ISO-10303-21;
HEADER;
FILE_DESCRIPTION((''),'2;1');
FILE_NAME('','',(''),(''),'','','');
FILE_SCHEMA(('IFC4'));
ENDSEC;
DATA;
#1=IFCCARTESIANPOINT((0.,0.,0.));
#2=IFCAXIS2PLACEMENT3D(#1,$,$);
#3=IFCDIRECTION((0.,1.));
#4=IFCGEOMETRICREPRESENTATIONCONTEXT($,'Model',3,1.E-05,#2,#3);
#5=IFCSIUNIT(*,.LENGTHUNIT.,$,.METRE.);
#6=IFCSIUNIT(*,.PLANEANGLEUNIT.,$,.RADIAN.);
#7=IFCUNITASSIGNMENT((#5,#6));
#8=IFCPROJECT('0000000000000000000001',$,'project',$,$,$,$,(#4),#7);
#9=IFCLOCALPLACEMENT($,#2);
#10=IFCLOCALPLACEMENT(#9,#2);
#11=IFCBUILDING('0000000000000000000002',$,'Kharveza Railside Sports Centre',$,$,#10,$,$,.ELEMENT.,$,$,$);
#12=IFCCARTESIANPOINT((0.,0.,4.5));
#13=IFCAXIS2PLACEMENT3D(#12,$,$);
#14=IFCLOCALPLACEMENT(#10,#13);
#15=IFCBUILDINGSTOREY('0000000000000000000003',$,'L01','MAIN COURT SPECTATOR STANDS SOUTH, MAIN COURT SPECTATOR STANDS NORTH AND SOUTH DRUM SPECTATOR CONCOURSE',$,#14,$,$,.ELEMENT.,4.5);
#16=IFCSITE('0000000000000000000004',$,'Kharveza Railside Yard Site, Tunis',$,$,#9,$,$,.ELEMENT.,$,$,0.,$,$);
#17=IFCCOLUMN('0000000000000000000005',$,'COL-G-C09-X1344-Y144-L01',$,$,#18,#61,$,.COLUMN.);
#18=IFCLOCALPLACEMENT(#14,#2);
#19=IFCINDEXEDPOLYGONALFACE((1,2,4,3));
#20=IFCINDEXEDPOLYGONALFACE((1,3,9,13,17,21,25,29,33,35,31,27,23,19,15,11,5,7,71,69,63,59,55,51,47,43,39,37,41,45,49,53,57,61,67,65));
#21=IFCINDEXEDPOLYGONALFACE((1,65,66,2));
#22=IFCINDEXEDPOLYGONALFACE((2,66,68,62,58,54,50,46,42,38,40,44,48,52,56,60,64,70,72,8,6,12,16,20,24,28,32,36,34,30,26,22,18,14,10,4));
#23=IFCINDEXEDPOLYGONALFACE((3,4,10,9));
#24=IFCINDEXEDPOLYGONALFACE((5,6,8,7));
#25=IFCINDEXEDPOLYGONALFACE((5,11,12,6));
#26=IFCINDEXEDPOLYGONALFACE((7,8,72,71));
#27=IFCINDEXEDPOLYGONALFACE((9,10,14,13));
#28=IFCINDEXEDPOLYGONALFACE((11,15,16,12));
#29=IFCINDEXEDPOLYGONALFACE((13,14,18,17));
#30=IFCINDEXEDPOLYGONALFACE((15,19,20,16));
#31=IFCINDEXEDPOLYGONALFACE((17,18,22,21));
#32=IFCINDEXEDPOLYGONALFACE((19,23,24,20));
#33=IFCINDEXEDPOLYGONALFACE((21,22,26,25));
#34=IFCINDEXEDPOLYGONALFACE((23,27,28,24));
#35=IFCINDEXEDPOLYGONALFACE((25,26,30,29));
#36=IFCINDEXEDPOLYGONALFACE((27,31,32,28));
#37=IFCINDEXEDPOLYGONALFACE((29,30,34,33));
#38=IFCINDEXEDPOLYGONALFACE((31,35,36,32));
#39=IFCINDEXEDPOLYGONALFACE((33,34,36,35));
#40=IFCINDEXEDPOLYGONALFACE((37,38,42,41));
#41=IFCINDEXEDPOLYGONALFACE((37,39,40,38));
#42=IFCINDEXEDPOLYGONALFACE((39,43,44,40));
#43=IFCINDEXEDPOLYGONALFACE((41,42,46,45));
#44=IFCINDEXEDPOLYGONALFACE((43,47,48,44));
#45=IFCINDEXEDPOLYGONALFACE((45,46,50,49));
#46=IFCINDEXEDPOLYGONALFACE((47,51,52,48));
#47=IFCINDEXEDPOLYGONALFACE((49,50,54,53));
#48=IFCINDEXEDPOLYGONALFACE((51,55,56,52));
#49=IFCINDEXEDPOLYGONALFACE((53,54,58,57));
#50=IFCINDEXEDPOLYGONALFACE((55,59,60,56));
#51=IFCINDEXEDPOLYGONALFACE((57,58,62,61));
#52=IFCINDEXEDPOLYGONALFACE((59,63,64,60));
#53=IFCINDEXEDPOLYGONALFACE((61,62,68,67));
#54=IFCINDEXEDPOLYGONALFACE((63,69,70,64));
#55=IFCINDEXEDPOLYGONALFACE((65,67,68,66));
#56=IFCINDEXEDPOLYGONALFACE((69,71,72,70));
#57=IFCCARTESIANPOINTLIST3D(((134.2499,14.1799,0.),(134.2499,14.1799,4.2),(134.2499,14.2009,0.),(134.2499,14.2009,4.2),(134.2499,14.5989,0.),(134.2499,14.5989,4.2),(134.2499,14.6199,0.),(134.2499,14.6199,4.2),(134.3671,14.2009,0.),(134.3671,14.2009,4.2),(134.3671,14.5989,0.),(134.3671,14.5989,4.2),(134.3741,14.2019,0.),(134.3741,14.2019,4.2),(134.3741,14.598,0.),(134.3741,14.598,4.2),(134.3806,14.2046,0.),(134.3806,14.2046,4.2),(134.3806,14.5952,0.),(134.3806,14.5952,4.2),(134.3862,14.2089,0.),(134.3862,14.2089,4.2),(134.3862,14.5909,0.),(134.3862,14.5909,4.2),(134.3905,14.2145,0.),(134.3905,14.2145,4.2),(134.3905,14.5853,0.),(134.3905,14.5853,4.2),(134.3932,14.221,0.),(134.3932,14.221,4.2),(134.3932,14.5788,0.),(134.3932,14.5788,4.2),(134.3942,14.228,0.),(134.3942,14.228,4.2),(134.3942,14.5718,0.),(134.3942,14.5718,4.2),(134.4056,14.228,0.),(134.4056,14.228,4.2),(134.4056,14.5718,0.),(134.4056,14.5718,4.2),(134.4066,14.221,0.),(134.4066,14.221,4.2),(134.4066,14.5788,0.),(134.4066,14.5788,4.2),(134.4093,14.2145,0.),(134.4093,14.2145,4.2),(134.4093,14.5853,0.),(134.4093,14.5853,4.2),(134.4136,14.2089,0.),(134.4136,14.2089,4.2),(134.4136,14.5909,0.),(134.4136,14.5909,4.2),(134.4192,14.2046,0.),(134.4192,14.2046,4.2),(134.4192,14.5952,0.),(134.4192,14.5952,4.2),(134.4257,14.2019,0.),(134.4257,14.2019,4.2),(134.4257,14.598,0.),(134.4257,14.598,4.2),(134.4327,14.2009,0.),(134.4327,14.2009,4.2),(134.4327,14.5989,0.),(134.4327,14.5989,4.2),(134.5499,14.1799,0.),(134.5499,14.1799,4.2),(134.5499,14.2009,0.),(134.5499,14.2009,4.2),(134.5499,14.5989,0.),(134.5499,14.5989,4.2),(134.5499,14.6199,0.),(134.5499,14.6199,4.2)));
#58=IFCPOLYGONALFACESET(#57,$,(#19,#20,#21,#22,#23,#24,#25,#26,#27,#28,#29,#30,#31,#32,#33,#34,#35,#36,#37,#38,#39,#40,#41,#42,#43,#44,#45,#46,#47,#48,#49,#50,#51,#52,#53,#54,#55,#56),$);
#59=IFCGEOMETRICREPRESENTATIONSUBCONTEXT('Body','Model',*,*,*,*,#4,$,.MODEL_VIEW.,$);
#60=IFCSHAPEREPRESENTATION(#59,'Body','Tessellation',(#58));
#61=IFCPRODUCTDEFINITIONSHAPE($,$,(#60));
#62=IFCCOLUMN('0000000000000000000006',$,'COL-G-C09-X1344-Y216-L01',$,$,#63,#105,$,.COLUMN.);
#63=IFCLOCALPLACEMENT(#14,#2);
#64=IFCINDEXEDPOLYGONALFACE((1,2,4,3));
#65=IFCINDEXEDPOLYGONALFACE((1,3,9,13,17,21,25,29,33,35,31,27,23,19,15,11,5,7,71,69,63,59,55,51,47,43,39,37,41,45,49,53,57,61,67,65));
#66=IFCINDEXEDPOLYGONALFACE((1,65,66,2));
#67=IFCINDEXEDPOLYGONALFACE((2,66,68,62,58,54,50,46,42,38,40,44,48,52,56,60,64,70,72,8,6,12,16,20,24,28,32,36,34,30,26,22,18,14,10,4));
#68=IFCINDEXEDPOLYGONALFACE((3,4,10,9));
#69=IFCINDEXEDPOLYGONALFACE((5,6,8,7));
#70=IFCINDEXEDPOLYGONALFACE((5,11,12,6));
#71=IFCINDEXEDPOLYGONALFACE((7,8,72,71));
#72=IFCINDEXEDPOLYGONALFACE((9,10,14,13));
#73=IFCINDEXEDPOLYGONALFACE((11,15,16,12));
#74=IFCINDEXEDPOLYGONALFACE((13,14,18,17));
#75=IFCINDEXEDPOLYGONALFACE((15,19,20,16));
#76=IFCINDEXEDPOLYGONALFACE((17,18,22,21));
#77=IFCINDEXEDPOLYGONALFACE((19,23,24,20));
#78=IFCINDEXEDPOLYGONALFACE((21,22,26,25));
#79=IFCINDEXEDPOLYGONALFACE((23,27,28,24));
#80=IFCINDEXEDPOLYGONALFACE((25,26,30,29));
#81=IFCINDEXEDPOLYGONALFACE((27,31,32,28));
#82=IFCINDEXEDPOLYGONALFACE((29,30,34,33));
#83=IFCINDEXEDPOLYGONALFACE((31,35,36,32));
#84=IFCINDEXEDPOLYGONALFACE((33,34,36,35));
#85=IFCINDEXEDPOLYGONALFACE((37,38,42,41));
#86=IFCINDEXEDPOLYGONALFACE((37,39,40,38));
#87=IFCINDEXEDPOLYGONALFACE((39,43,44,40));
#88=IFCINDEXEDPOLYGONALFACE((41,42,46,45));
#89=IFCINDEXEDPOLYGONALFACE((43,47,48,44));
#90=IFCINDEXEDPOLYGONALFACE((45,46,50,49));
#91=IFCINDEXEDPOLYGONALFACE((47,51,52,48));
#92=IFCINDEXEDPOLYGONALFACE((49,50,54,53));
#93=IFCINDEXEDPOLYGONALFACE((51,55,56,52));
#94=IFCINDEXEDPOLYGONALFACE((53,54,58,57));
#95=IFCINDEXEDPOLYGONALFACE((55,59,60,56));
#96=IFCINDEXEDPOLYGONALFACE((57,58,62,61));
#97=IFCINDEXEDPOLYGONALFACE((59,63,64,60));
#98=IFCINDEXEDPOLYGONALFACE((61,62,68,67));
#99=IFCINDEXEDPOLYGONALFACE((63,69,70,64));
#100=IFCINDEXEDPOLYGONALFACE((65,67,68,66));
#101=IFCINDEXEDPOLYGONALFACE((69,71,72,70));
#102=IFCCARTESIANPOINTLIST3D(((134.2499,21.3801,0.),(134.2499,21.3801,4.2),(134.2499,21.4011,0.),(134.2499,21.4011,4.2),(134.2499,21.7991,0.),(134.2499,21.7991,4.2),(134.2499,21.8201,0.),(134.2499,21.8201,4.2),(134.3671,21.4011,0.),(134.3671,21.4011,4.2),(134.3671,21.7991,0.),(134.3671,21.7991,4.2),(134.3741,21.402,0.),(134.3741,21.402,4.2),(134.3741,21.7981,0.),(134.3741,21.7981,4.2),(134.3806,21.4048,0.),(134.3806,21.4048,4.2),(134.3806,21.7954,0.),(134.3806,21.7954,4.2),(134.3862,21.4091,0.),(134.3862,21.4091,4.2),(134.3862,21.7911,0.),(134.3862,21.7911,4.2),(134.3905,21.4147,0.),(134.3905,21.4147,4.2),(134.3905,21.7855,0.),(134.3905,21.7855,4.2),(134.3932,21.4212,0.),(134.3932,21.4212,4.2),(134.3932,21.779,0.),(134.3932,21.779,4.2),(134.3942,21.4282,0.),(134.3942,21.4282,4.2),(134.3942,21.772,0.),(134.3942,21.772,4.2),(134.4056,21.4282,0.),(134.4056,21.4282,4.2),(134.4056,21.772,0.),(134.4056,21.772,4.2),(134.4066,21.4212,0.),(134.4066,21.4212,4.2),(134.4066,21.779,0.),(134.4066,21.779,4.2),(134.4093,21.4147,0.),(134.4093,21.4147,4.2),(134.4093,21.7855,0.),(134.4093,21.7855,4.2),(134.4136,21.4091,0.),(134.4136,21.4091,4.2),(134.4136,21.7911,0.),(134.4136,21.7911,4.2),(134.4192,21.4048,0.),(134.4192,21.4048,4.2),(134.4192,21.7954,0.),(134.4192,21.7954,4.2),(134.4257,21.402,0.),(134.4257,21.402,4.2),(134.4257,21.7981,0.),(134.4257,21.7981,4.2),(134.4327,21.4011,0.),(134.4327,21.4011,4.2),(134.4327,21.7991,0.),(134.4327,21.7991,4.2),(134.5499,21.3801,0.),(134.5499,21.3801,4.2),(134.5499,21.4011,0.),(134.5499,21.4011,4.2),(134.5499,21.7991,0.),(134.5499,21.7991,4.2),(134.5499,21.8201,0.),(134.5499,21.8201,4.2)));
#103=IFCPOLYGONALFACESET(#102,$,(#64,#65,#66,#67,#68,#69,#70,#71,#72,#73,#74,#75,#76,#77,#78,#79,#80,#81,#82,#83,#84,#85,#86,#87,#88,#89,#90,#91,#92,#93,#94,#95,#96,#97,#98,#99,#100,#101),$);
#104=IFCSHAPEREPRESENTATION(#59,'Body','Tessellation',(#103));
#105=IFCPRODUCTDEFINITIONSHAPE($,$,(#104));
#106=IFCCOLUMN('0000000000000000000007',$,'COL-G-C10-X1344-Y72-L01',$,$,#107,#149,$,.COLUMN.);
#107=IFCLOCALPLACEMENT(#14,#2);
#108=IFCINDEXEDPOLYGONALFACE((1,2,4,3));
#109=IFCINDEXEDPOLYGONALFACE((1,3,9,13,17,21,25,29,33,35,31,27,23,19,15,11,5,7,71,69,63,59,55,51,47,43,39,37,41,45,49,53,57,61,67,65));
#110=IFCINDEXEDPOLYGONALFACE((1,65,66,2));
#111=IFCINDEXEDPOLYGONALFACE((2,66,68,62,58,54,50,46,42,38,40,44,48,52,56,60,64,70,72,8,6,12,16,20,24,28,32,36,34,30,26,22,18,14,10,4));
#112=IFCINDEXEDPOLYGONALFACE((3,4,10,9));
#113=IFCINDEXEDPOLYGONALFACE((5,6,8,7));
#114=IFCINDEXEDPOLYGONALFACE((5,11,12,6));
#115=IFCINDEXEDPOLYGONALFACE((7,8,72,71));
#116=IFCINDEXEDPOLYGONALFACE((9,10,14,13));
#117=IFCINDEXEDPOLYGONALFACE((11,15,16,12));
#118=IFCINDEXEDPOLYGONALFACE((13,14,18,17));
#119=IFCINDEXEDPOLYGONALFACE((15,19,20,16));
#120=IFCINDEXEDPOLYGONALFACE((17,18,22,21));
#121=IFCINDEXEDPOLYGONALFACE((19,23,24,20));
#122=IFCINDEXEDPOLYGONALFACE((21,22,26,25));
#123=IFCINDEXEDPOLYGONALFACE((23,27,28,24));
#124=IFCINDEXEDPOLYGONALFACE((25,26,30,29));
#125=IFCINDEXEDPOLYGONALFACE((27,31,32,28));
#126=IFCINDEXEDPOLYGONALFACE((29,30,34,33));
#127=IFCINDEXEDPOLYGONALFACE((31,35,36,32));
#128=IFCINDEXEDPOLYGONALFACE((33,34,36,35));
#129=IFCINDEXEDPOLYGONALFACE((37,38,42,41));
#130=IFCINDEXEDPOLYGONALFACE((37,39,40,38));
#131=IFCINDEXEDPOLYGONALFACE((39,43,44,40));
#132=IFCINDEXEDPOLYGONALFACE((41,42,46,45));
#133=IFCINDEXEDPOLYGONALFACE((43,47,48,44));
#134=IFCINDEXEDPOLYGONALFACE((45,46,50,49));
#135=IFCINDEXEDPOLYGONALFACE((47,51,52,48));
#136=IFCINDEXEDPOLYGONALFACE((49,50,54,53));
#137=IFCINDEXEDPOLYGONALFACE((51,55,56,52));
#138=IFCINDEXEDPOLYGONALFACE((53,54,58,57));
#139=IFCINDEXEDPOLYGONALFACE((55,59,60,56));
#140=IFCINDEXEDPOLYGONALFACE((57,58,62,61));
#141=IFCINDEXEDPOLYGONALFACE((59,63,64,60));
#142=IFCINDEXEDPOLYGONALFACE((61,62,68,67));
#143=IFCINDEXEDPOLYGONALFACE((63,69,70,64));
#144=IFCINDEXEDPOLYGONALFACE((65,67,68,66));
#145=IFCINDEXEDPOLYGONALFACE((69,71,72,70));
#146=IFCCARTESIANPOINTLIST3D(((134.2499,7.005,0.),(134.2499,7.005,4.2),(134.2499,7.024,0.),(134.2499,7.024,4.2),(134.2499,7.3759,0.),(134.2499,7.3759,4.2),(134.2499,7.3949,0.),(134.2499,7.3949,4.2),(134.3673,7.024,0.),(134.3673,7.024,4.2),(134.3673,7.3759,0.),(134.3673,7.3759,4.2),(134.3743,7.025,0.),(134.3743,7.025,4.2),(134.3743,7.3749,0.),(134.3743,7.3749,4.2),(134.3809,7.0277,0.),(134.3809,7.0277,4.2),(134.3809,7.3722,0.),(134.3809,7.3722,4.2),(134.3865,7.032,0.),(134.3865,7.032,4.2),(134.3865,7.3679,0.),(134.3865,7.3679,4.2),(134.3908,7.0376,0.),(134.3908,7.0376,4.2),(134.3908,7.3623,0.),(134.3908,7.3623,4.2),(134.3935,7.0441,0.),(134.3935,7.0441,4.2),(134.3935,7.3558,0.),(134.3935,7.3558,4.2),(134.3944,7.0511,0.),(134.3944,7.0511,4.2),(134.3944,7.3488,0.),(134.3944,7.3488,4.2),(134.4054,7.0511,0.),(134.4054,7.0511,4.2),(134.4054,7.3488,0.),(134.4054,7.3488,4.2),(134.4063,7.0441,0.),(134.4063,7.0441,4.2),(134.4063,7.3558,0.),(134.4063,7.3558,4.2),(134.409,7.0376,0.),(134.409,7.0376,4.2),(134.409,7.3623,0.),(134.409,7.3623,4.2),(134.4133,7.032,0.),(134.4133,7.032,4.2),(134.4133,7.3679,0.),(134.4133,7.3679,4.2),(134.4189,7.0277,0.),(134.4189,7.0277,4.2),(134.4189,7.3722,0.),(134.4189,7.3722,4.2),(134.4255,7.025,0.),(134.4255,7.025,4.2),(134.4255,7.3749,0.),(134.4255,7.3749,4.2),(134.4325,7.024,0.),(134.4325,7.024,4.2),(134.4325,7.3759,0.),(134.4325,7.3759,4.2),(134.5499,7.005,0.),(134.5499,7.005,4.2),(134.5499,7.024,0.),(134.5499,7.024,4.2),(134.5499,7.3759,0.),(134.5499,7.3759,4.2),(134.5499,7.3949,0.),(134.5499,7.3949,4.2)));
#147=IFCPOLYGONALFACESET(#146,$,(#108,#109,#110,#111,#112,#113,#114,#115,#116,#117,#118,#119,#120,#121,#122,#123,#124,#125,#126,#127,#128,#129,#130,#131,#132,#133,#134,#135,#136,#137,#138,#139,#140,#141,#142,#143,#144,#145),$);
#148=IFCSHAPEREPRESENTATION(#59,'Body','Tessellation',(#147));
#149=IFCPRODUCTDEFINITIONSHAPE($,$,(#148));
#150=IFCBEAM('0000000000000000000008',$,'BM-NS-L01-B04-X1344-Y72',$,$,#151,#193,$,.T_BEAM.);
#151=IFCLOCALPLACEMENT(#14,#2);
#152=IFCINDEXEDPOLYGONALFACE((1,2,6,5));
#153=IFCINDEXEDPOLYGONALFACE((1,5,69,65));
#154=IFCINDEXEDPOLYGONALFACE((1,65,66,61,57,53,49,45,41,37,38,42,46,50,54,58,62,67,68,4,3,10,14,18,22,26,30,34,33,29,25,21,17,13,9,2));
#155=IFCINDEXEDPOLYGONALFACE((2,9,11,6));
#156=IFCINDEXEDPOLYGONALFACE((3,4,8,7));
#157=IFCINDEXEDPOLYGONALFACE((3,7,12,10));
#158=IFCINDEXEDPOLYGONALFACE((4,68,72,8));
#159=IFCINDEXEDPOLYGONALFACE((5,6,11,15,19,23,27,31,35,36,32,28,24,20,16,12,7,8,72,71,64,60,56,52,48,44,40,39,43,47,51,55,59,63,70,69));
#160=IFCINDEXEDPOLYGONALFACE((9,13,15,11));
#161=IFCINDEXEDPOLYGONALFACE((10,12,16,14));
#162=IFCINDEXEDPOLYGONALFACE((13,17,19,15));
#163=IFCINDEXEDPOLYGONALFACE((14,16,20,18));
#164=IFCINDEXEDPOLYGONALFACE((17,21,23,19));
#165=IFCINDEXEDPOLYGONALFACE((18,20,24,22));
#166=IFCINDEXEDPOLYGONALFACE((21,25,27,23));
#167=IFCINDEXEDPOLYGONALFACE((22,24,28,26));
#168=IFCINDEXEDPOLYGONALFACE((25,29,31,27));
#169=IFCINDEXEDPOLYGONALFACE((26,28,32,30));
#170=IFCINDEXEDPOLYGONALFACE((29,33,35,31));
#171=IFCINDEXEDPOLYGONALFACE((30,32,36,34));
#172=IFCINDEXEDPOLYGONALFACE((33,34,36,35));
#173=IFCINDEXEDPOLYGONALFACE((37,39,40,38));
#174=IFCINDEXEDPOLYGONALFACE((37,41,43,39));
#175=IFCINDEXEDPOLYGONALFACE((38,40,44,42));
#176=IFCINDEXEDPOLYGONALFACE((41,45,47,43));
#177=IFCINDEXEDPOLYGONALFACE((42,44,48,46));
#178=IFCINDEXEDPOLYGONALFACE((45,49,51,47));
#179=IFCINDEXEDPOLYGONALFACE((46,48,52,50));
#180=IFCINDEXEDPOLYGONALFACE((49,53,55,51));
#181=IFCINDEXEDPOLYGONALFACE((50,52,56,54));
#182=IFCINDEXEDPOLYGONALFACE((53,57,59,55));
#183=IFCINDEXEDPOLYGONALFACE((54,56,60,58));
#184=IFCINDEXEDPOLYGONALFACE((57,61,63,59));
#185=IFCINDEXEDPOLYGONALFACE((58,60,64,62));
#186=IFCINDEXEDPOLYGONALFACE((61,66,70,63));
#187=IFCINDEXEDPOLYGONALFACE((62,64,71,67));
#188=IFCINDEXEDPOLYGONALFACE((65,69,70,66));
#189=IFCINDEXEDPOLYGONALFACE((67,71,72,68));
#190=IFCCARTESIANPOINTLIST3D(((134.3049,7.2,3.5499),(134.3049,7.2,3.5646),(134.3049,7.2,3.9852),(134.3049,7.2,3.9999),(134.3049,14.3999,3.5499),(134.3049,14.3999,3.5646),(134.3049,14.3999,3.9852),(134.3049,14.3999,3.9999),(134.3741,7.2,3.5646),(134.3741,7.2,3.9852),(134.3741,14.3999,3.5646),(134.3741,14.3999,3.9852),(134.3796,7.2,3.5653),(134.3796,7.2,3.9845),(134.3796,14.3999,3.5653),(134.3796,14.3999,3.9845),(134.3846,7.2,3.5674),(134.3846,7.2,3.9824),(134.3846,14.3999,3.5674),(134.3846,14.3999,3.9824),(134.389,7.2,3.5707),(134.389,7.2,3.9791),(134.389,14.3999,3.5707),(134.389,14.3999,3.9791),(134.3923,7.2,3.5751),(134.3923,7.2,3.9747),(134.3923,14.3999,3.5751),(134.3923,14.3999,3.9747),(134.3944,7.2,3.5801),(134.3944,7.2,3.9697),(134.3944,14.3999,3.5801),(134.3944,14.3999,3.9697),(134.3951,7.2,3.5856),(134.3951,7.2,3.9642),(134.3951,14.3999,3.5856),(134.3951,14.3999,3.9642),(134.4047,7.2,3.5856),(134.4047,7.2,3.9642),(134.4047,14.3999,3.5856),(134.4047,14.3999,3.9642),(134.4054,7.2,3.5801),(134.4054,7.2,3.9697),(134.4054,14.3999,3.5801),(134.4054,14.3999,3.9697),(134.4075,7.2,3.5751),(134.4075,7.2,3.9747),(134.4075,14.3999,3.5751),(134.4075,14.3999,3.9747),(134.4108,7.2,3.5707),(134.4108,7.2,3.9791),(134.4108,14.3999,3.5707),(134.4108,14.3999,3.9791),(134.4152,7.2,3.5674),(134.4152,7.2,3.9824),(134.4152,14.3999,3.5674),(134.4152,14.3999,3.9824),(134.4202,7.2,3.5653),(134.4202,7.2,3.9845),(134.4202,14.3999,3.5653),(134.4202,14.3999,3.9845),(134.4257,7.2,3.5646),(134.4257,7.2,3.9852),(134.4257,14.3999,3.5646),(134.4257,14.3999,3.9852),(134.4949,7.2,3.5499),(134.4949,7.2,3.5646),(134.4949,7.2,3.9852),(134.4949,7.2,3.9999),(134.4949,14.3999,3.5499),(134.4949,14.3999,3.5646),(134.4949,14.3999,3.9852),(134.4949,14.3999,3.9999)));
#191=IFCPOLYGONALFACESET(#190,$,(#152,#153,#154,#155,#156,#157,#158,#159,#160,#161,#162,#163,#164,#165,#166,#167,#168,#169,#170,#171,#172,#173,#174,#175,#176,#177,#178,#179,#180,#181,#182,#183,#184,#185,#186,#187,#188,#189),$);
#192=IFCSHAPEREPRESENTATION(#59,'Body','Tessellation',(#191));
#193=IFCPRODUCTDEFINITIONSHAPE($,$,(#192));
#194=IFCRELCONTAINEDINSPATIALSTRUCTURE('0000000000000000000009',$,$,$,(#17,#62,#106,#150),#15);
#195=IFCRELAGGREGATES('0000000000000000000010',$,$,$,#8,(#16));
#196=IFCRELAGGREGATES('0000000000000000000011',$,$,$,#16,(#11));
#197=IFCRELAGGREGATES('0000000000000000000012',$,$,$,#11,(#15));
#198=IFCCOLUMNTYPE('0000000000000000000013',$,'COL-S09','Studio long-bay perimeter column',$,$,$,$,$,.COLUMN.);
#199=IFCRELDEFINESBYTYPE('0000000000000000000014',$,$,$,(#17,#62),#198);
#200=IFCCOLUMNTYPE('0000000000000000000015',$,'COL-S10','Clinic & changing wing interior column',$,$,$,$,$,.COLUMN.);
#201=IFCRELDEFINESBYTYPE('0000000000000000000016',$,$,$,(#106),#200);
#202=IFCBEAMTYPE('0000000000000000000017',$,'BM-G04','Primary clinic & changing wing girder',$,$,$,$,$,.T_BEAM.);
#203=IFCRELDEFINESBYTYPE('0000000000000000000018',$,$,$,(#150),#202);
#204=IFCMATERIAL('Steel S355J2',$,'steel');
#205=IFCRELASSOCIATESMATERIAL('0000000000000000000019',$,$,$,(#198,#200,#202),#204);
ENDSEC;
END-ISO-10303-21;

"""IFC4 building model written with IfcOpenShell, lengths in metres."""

from ifc_helpers import new_model, si_unit, direction, frame, origin, origin_2d, place, context, subcontext, project, spatial, i_section, extrude, material, material_profile, profile_set, type_object, element, save


model = new_model("IFC4")

# Units and contexts
model_context = context("Model", 3, precision=1e-05, world=origin(), true_north=direction((0.0, 1.0)))
body_context = subcontext(model_context, "Body", "Model", "MODEL_VIEW")
ifc_project = project(units=[si_unit("LENGTHUNIT", "METRE"), si_unit("PLANEANGLEUNIT", "RADIAN")], contexts=[model_context])

# Site, building, storey
site_placement = place(None, origin())
site = spatial("IfcSite", under=ifc_project, at=site_placement, Name="Kharveza Railside Yard Site, Tunis", CompositionType="ELEMENT", RefElevation=0.0)
building_placement = place(site_placement, origin())
building = spatial("IfcBuilding", under=site, at=building_placement, Name="Kharveza Railside Sports Centre", CompositionType="ELEMENT")
storey_placement = place(building_placement, frame((0.0, 0.0, 4.5)))
storey = spatial("IfcBuildingStorey", under=building, at=storey_placement, Name="L01", Description="MAIN COURT SPECTATOR STANDS SOUTH, MAIN COURT SPECTATOR STANDS NORTH AND SOUTH DRUM SPECTATOR CONCOURSE", CompositionType="ELEMENT", Elevation=4.5)

# Columns
ifc_material_1 = material(Name="Steel S355J2", Category="steel")
ifc_material_profile_1 = material_profile(ifc_material_1, i_section(OverallWidth=0.3, OverallDepth=0.4399, WebThickness=0.0115, FlangeThickness=0.021, FilletRadius=0.0271, at=origin_2d()), Name="HEA 450")
ifc_profile_set_1 = profile_set([ifc_material_profile_1], Name="Steel S355J2")
column_type_1 = type_object("IfcColumnType", Name="COL-S09", Description="Studio long-bay perimeter column", PredefinedType="COLUMN", material=ifc_profile_set_1)
for number, where, z_axis, x_axis, name in (
    (1, (134.3999, 14.3999, 0.0), (0.0, 0.0, 1.0), (1.0, 0.0, 0.0), "COL-G-C09-X1344-Y144-L01"),
    (2, (134.3999, 21.6001, 0.0), (0.0, 0.0, 1.0), (1.0, 0.0, 0.0), "COL-G-C09-X1344-Y216-L01"),
):
    element("IfcColumn", number, at=place(storey_placement, frame(where, z_axis=z_axis, x_axis=x_axis)), inside=storey, type_object=column_type_1, Name=name, PredefinedType="COLUMN", context=body_context, shape_type="SweptSolid", body=[
        extrude(i_section(OverallWidth=0.3, OverallDepth=0.4399, WebThickness=0.0115, FlangeThickness=0.021, FilletRadius=0.0271, at=origin_2d()), origin(), (0.0, 0.0, 1.0), 4.2),
    ])
ifc_material_profile_2 = material_profile(ifc_material_1, i_section(OverallWidth=0.3, OverallDepth=0.3899, WebThickness=0.011, FlangeThickness=0.019, FilletRadius=0.0271, at=origin_2d()), Name="HEA 400")
ifc_profile_set_2 = profile_set([ifc_material_profile_2], Name="Steel S355J2")
column_type_2 = type_object("IfcColumnType", Name="COL-S10", Description="Clinic & changing wing interior column", PredefinedType="COLUMN", material=ifc_profile_set_2)
column_placement = place(storey_placement, frame((134.3999, 7.2, 0.0), z_axis=(0.0, 0.0, 1.0), x_axis=(1.0, 0.0, 0.0)))
element("IfcColumn", 3, at=column_placement, inside=storey, type_object=column_type_2, Name="COL-G-C10-X1344-Y72-L01", PredefinedType="COLUMN", context=body_context, shape_type="SweptSolid", body=[
    extrude(i_section(OverallWidth=0.3, OverallDepth=0.3899, WebThickness=0.011, FlangeThickness=0.019, FilletRadius=0.0271, at=origin_2d()), origin(), (0.0, 0.0, 1.0), 4.2),
])

# Beam
ifc_material_profile_3 = material_profile(ifc_material_1, i_section(OverallWidth=0.1899, OverallDepth=0.45, WebThickness=0.0095, FlangeThickness=0.0146, FilletRadius=0.021, at=origin_2d()), Name="IPE 450")
ifc_profile_set_3 = profile_set([ifc_material_profile_3], Name="Steel S355J2")
beam_type_1 = type_object("IfcBeamType", Name="BM-G04", Description="Primary clinic & changing wing girder", PredefinedType="T_BEAM", material=ifc_profile_set_3)
for number, where, z_axis, x_axis, name in (
    (4, (134.3999, 7.2, 3.7749), (0.0, 1.0, 0.0), (-1.0, 0.0, 0.0), "BM-NS-L01-B04-X1344-Y72"),
):
    element("IfcBeam", number, at=place(storey_placement, frame(where, z_axis=z_axis, x_axis=x_axis)), inside=storey, type_object=beam_type_1, Name=name, PredefinedType="T_BEAM", context=body_context, shape_type="SweptSolid", body=[
        extrude(i_section(OverallWidth=0.1899, OverallDepth=0.45, WebThickness=0.0095, FlangeThickness=0.0146, FilletRadius=0.021, at=origin_2d()), origin(), (0.0, 0.0, 1.0), 7.2),
    ])

save(model, "model.ifc")
